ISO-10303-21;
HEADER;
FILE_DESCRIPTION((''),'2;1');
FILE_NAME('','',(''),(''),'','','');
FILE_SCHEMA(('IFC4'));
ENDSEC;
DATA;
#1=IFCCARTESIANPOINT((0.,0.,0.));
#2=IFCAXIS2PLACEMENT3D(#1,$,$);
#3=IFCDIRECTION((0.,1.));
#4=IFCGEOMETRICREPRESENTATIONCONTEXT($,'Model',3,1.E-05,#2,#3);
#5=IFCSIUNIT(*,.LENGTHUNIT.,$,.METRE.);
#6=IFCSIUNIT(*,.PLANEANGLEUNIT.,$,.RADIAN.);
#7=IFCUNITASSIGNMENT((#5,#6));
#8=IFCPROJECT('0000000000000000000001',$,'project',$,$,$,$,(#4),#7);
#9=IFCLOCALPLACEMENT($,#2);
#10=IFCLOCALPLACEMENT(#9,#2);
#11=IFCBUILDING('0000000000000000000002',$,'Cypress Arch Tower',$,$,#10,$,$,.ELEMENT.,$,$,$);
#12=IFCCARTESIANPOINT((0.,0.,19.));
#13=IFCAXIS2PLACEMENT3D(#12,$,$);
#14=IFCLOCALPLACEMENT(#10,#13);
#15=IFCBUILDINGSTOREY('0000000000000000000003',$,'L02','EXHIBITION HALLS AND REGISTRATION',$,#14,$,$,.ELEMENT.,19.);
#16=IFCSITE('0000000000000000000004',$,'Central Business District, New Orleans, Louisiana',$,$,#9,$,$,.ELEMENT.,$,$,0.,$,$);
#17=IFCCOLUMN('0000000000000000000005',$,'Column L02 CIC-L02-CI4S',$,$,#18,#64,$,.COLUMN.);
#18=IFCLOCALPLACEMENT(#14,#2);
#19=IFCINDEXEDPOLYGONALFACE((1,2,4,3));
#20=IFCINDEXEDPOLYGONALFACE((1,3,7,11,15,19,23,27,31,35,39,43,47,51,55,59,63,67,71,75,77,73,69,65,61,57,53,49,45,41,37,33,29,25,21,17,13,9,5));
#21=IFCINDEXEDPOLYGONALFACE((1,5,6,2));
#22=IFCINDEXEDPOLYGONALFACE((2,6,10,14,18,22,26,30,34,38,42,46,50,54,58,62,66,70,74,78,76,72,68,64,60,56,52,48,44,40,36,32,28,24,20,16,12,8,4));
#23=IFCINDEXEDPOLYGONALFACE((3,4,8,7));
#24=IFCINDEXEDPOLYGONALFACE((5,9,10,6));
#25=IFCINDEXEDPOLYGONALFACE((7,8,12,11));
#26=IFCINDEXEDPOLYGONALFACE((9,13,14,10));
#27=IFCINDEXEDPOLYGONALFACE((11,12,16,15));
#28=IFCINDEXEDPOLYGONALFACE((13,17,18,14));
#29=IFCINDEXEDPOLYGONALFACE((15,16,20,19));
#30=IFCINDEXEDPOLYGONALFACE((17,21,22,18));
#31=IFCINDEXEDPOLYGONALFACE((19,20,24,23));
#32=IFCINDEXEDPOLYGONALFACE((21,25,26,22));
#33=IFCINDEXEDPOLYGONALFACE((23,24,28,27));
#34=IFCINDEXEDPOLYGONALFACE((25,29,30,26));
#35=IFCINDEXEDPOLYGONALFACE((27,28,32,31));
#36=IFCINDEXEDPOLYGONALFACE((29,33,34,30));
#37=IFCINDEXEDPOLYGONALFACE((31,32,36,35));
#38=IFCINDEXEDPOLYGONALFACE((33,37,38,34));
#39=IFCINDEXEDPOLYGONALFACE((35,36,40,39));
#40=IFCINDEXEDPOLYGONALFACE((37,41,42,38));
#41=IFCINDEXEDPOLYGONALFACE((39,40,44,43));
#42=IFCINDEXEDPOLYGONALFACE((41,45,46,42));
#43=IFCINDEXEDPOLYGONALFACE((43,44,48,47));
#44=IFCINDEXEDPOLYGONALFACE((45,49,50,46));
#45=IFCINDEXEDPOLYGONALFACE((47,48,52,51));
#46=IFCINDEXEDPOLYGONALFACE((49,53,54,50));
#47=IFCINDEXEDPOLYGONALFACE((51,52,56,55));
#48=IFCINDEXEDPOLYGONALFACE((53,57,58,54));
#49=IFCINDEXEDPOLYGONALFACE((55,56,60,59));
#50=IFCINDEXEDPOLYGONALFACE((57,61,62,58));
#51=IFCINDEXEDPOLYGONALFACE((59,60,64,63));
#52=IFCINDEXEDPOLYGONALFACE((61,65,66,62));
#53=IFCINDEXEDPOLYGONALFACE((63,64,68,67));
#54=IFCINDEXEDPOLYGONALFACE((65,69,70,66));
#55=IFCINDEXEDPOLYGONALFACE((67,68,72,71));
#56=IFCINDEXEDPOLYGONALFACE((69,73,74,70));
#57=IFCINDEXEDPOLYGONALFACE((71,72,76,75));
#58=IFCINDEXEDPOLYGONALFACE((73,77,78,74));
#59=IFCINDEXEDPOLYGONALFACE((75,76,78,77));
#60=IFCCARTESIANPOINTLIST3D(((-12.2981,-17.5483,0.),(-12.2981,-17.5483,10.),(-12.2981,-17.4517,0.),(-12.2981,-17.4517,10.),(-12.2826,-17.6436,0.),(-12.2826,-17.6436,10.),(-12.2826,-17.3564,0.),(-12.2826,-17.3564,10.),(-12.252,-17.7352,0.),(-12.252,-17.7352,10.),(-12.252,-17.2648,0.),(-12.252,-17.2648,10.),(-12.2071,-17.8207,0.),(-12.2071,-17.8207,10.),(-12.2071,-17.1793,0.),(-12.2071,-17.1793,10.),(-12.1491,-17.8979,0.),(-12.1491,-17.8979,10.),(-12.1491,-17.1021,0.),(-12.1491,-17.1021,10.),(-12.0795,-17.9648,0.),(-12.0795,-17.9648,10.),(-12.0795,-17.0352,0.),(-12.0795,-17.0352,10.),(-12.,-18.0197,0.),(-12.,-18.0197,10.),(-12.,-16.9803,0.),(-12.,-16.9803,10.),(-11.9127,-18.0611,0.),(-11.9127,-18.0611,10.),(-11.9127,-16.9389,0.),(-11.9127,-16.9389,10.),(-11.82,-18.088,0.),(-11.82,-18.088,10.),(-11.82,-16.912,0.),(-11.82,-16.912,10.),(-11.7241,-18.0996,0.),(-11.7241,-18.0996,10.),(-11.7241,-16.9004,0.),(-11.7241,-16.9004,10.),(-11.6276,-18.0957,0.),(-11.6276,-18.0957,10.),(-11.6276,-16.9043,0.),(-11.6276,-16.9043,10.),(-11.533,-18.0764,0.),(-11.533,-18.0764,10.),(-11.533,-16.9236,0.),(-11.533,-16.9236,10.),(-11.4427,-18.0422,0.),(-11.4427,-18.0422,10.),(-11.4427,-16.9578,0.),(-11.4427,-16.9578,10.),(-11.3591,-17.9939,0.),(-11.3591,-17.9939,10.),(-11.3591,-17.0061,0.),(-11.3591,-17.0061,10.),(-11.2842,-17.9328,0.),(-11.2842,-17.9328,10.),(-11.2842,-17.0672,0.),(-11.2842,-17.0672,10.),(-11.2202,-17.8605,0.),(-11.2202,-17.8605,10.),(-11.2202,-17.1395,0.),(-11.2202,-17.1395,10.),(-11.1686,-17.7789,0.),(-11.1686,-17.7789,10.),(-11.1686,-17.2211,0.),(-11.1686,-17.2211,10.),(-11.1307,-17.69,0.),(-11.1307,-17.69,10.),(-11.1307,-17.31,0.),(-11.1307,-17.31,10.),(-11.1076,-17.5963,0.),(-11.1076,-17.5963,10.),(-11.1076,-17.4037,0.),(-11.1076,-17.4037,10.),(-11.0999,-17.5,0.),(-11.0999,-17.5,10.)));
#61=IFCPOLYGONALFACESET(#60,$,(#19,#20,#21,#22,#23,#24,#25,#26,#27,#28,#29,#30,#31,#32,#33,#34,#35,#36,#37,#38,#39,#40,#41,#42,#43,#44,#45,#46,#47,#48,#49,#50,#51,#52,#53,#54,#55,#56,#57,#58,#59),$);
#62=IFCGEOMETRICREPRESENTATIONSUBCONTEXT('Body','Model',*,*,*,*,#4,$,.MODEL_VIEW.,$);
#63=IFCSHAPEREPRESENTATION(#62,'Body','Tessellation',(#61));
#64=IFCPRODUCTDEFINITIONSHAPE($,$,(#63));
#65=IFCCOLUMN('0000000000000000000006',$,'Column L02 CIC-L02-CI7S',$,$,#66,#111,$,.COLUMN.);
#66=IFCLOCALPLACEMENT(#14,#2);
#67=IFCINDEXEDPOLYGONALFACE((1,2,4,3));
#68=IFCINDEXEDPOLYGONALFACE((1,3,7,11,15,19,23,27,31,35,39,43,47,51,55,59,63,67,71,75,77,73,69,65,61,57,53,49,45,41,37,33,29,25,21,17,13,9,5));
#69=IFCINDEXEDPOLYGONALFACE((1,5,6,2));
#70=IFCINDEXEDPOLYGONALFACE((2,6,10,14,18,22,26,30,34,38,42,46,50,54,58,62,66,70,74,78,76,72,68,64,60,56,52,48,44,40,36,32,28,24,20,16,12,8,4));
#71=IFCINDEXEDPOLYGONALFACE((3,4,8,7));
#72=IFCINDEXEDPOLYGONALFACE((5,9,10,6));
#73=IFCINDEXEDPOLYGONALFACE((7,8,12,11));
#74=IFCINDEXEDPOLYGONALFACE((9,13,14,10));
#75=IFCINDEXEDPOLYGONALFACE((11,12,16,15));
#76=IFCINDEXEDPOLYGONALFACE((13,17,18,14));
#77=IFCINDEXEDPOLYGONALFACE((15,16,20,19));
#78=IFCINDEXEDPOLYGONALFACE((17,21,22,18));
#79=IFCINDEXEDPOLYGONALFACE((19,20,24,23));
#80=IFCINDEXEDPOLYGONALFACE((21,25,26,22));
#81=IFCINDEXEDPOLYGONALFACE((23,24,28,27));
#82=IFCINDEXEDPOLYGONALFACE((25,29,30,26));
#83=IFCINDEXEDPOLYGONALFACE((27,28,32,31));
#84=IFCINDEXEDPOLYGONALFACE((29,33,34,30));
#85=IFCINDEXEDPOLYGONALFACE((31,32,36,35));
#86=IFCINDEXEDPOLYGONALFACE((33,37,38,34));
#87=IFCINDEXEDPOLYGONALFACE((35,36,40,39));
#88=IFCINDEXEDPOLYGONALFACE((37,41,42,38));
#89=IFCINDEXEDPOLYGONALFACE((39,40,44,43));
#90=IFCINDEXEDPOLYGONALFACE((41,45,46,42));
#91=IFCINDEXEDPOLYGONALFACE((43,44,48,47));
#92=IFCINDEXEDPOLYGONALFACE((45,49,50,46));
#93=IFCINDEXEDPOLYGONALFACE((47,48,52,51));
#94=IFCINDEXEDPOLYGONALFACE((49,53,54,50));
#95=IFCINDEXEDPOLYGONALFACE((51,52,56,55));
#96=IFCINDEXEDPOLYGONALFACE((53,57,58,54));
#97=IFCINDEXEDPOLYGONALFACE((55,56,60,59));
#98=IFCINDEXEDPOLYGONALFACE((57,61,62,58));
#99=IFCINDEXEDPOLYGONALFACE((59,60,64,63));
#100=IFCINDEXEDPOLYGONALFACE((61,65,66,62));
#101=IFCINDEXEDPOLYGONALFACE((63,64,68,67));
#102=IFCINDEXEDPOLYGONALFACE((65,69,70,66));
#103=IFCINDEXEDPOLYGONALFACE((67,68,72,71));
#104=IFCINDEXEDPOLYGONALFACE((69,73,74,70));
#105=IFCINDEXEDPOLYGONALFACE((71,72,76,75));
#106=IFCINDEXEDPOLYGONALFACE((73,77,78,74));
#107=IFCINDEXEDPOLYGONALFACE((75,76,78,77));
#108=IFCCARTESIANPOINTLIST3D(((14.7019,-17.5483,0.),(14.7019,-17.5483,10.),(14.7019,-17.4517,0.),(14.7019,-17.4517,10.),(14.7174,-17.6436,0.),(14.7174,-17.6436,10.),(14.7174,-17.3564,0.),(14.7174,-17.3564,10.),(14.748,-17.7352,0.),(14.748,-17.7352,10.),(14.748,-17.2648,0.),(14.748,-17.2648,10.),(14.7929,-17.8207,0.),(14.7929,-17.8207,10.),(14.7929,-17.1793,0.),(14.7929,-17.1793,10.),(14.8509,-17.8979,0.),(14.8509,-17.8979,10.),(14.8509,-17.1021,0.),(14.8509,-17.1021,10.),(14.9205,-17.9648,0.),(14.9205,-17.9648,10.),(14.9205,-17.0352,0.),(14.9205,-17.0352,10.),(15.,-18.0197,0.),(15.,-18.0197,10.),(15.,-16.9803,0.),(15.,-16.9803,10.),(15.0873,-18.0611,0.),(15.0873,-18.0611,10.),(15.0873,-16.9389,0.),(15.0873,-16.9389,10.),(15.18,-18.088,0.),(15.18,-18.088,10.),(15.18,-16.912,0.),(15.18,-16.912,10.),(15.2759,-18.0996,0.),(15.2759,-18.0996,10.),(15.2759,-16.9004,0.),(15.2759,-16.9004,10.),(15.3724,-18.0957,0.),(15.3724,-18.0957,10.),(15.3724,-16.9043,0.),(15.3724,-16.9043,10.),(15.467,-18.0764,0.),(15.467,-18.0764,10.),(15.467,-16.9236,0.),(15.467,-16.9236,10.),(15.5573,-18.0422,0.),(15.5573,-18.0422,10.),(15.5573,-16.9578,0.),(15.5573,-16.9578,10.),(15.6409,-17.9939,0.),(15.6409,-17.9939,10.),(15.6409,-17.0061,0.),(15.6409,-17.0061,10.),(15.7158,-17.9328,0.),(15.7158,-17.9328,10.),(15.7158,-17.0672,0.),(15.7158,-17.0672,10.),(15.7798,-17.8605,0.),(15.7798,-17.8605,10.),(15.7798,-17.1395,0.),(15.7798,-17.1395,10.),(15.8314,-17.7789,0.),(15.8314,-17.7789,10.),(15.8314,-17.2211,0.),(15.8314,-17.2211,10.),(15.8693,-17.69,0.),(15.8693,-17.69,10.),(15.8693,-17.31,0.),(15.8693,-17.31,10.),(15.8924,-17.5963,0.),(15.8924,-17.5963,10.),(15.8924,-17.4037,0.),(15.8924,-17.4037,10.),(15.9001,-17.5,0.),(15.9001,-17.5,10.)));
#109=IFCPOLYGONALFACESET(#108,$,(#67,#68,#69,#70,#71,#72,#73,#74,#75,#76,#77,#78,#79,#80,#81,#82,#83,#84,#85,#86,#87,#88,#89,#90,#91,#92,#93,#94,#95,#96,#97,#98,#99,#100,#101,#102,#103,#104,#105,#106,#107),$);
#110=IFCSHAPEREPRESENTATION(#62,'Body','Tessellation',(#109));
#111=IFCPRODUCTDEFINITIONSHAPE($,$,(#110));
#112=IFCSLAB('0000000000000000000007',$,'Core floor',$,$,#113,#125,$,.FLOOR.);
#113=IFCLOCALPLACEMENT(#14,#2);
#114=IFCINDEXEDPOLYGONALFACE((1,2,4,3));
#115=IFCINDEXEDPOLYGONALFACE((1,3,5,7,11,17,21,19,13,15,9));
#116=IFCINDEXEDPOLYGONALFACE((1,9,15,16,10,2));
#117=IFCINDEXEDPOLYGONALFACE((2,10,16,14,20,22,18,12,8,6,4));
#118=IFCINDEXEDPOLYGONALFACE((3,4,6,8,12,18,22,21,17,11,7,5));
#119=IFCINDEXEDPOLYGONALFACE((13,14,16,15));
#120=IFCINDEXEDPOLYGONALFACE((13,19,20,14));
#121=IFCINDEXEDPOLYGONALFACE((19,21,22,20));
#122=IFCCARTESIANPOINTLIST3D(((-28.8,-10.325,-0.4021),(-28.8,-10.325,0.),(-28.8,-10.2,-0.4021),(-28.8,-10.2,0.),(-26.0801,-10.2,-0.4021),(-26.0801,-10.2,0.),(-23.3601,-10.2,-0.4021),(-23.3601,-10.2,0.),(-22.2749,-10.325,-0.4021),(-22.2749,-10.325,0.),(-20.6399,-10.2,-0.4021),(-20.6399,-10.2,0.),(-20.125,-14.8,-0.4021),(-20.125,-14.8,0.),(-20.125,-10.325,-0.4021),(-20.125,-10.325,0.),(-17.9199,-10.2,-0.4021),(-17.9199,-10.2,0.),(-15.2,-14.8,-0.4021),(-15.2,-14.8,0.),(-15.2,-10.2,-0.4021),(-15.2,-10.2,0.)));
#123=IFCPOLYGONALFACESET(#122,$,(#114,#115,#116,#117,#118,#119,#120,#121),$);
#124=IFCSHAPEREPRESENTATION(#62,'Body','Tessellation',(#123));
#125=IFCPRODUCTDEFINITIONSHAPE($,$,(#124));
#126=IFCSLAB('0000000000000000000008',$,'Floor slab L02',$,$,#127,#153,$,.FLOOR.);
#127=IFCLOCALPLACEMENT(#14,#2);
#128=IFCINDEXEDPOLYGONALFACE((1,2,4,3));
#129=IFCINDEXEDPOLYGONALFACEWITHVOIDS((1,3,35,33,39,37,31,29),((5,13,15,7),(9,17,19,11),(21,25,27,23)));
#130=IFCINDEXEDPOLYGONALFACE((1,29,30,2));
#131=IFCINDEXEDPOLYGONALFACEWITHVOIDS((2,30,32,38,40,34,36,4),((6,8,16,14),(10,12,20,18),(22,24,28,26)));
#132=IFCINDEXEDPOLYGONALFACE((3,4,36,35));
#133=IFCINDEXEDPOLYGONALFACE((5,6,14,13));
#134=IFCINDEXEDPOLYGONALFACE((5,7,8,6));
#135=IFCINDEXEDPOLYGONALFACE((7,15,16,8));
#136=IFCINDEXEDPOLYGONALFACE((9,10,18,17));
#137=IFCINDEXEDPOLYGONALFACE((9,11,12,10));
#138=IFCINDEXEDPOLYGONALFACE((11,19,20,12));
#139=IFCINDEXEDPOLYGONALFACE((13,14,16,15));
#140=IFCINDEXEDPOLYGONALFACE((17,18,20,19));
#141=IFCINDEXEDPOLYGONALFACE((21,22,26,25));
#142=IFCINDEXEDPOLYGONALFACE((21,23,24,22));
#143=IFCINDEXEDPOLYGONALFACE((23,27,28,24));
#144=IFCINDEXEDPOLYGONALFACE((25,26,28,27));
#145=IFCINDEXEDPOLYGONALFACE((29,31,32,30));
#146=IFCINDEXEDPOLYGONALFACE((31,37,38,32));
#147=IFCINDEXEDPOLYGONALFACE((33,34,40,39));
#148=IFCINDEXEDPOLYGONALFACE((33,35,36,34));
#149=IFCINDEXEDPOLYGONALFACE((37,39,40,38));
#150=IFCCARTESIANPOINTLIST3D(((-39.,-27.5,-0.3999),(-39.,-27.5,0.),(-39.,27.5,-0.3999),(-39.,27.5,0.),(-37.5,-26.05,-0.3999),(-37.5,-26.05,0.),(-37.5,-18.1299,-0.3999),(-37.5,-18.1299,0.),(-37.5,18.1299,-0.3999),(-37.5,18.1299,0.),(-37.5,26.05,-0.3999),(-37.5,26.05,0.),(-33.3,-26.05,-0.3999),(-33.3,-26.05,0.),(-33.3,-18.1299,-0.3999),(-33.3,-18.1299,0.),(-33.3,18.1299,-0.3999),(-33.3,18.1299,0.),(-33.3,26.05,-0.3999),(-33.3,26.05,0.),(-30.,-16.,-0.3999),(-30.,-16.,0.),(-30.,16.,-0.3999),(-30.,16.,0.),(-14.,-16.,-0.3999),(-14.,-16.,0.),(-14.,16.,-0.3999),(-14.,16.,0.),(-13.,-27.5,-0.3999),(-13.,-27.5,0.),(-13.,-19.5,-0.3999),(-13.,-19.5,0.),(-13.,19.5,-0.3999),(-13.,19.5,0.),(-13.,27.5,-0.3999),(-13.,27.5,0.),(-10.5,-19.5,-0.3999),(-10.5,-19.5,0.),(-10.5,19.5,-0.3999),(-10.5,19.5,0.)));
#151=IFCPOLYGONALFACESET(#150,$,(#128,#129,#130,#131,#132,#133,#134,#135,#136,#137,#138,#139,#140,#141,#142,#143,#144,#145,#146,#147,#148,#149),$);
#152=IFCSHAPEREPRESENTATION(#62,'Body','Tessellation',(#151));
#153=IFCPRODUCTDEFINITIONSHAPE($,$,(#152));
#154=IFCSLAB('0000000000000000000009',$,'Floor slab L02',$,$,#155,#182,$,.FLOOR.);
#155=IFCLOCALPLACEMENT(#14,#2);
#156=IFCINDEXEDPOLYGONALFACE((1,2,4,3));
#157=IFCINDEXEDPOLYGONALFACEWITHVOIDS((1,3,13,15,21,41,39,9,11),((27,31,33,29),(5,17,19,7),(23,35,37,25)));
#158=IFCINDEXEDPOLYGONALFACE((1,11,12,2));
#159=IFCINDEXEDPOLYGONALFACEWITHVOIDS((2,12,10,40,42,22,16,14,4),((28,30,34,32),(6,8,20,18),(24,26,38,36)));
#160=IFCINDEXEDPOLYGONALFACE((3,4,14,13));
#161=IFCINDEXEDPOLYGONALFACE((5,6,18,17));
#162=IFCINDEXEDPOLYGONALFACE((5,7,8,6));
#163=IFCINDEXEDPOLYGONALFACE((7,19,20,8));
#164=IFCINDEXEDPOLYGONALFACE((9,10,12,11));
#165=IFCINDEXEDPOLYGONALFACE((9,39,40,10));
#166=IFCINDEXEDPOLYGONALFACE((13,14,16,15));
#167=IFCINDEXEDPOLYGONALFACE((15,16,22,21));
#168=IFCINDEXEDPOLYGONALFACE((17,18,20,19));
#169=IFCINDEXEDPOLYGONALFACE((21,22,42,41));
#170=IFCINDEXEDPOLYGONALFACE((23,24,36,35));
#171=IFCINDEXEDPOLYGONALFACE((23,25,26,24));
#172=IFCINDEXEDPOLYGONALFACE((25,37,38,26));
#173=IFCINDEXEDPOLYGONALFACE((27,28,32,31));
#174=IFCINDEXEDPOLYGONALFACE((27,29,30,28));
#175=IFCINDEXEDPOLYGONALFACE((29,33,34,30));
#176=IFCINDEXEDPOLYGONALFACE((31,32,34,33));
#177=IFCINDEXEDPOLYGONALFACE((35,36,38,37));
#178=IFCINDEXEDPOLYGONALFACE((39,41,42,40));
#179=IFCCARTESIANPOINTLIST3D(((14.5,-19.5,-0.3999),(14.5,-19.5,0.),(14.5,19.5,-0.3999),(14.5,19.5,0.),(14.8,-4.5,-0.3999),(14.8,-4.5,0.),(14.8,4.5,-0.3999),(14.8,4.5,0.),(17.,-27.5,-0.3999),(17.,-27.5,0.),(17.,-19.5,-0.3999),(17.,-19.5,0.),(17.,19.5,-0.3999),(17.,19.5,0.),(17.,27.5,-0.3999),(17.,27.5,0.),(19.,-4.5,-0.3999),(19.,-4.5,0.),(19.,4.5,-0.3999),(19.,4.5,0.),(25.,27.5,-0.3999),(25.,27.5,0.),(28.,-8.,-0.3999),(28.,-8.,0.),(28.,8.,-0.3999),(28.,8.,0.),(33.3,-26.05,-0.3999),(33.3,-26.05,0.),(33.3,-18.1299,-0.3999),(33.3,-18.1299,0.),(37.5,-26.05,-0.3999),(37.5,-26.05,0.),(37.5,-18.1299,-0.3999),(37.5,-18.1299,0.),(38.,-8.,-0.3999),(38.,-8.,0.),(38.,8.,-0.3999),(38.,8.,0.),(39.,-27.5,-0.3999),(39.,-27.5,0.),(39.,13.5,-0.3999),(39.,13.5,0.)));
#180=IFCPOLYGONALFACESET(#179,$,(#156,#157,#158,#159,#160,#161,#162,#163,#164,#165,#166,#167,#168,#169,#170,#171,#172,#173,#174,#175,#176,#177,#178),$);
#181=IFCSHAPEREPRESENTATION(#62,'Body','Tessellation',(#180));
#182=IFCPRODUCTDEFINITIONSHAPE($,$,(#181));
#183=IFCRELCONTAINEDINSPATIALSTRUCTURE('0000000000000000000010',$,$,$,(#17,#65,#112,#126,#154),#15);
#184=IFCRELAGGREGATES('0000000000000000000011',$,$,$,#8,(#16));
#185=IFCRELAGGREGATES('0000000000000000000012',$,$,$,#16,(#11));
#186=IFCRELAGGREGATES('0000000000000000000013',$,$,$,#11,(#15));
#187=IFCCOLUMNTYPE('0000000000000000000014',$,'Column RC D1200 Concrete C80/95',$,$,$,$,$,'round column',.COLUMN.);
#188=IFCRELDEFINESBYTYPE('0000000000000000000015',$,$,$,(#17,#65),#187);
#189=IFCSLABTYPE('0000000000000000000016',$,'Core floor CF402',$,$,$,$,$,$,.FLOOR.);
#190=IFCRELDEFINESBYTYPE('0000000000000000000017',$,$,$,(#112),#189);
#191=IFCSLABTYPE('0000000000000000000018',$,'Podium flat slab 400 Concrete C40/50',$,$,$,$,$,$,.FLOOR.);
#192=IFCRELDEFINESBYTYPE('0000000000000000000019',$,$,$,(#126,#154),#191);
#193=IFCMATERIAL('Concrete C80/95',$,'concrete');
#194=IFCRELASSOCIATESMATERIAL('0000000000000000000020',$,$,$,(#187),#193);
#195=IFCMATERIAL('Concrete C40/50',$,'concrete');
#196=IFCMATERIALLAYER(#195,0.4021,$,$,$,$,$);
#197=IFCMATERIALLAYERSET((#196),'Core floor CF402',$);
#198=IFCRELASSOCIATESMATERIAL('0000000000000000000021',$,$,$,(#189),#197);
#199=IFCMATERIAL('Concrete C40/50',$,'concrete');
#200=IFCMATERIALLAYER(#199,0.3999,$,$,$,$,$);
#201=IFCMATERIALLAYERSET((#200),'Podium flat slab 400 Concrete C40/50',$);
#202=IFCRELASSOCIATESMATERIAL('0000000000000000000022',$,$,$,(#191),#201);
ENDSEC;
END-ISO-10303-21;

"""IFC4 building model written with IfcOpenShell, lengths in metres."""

from ifc_helpers import new_model, si_unit, direction, frame, origin, origin_2d, place, context, subcontext, project, spatial, polyline, circle, outline, extrude, material, layer, layer_set, material_profile, profile_set, type_object, element, save


model = new_model("IFC4")

# Units and contexts
model_context = context("Model", 3, precision=1e-05, world=origin(), true_north=direction((0.0, 1.0)))
body_context = subcontext(model_context, "Body", "Model", "MODEL_VIEW")
ifc_project = project(units=[si_unit("LENGTHUNIT", "METRE"), si_unit("PLANEANGLEUNIT", "RADIAN")], contexts=[model_context])

# Site, building, storey
site_placement = place(None, origin())
site = spatial("IfcSite", under=ifc_project, at=site_placement, Name="Central Business District, New Orleans, Louisiana", CompositionType="ELEMENT", RefElevation=0.0)
building_placement = place(site_placement, origin())
building = spatial("IfcBuilding", under=site, at=building_placement, Name="Cypress Arch Tower", CompositionType="ELEMENT")
storey_placement = place(building_placement, frame((0.0, 0.0, 19.0)))
storey = spatial("IfcBuildingStorey", under=building, at=storey_placement, Name="L02", Description="EXHIBITION HALLS AND REGISTRATION", CompositionType="ELEMENT", Elevation=19.0)

# Columns
ifc_material_1 = material(Name="Concrete C80/95", Category="concrete")
ifc_material_profile = material_profile(ifc_material_1, circle(Radius=0.6001, at=origin_2d()), Name="RC D1200")
ifc_profile_set = profile_set([ifc_material_profile], Name="Concrete C80/95")
column_type = type_object("IfcColumnType", Name="Column RC D1200 Concrete C80/95", ElementType="round column", PredefinedType="COLUMN", material=ifc_profile_set)
for number, where, z_axis, x_axis, name in (
    (1, (-11.7, -17.5, 0.0), (0.0, 0.0, 1.0), (1.0, 0.0, 0.0), "Column L02 CIC-L02-CI4S"),
    (2, (15.3, -17.5, 0.0), (0.0, 0.0, 1.0), (1.0, 0.0, 0.0), "Column L02 CIC-L02-CI7S"),
):
    element("IfcColumn", number, at=place(storey_placement, frame(where, z_axis=z_axis, x_axis=x_axis)), inside=storey, type_object=column_type, Name=name, PredefinedType="COLUMN", context=body_context, shape_type="SweptSolid", body=[
        extrude(circle(Radius=0.6001, at=origin_2d()), origin(), (0.0, 0.0, 1.0), 10.0),
    ])

# Slabs
ifc_material_2 = material(Name="Concrete C40/50", Category="concrete")
ifc_layer_1 = layer(ifc_material_2, 0.4021)
ifc_layer_set_1 = layer_set([ifc_layer_1], Name="Core floor CF402")
slab_type_1 = type_object("IfcSlabType", Name="Core floor CF402", PredefinedType="FLOOR", material=ifc_layer_set_1)
slab_1_placement = place(storey_placement, frame((0.0, 0.0, -0.4021)))
element("IfcSlab", 3, at=slab_1_placement, inside=storey, type_object=slab_type_1, Name="Core floor", PredefinedType="FLOOR", context=body_context, shape_type="SweptSolid", body=[
    extrude(outline(polyline([(-20.125, -14.8), (-15.2, -14.8), (-15.2, -10.2), (-17.9199, -10.2), (-20.6399, -10.2), (-23.3601, -10.2), (-26.0801, -10.2), (-28.8, -10.2), (-28.8, -10.325), (-22.2749, -10.325), (-20.125, -10.325), (-20.125, -14.8)])), origin(), (0.0, 0.0, 1.0), 0.4021),
])
ifc_material_3 = material(Name="Concrete C40/50", Category="concrete")
ifc_layer_2 = layer(ifc_material_3, 0.3999)
ifc_layer_set_2 = layer_set([ifc_layer_2], Name="Podium flat slab 400 Concrete C40/50")
slab_type_2 = type_object("IfcSlabType", Name="Podium flat slab 400 Concrete C40/50", PredefinedType="FLOOR", material=ifc_layer_set_2)
slab_2_placement = place(storey_placement, frame((0.0, 0.0, -0.3999)))
element("IfcSlab", 4, at=slab_2_placement, inside=storey, type_object=slab_type_2, Name="Floor slab L02", PredefinedType="FLOOR", context=body_context, shape_type="SweptSolid", body=[
    extrude(outline(polyline([(-39.0, -27.5), (-39.0, 27.5), (-13.0, 27.5), (-13.0, 19.5), (-10.5, 19.5), (-10.5, -19.5), (-13.0, -19.5), (-13.0, -27.5), (-39.0, -27.5)]), holes=[polyline([(-33.3, -18.1299), (-37.5, -18.1299), (-37.5, -26.05), (-33.3, -26.05), (-33.3, -18.1299)]), polyline([(-14.0, 16.0), (-30.0, 16.0), (-30.0, -16.0), (-14.0, -16.0), (-14.0, 16.0)]), polyline([(-37.5, 18.1299), (-33.3, 18.1299), (-33.3, 26.05), (-37.5, 26.05), (-37.5, 18.1299)])]), origin(), (0.0, 0.0, 1.0), 0.3999),
])
slab_3_placement = place(storey_placement, frame((0.0, 0.0, -0.3999)))
element("IfcSlab", 5, at=slab_3_placement, inside=storey, type_object=slab_type_2, Name="Floor slab L02", PredefinedType="FLOOR", context=body_context, shape_type="SweptSolid", body=[
    extrude(outline(polyline([(25.0, 27.5), (39.0, 13.5), (39.0, -27.5), (17.0, -27.5), (17.0, -19.5), (14.5, -19.5), (14.5, 19.5), (17.0, 19.5), (17.0, 27.5), (25.0, 27.5)]), holes=[polyline([(37.5, -18.1299), (33.3, -18.1299), (33.3, -26.05), (37.5, -26.05), (37.5, -18.1299)]), polyline([(19.0, 4.5), (14.8, 4.5), (14.8, -4.5), (19.0, -4.5), (19.0, 4.5)]), polyline([(38.0, 8.0), (28.0, 8.0), (28.0, -8.0), (38.0, -8.0), (38.0, 8.0)])]), origin(), (0.0, 0.0, 1.0), 0.3999),
])

save(model, "model.ifc")
